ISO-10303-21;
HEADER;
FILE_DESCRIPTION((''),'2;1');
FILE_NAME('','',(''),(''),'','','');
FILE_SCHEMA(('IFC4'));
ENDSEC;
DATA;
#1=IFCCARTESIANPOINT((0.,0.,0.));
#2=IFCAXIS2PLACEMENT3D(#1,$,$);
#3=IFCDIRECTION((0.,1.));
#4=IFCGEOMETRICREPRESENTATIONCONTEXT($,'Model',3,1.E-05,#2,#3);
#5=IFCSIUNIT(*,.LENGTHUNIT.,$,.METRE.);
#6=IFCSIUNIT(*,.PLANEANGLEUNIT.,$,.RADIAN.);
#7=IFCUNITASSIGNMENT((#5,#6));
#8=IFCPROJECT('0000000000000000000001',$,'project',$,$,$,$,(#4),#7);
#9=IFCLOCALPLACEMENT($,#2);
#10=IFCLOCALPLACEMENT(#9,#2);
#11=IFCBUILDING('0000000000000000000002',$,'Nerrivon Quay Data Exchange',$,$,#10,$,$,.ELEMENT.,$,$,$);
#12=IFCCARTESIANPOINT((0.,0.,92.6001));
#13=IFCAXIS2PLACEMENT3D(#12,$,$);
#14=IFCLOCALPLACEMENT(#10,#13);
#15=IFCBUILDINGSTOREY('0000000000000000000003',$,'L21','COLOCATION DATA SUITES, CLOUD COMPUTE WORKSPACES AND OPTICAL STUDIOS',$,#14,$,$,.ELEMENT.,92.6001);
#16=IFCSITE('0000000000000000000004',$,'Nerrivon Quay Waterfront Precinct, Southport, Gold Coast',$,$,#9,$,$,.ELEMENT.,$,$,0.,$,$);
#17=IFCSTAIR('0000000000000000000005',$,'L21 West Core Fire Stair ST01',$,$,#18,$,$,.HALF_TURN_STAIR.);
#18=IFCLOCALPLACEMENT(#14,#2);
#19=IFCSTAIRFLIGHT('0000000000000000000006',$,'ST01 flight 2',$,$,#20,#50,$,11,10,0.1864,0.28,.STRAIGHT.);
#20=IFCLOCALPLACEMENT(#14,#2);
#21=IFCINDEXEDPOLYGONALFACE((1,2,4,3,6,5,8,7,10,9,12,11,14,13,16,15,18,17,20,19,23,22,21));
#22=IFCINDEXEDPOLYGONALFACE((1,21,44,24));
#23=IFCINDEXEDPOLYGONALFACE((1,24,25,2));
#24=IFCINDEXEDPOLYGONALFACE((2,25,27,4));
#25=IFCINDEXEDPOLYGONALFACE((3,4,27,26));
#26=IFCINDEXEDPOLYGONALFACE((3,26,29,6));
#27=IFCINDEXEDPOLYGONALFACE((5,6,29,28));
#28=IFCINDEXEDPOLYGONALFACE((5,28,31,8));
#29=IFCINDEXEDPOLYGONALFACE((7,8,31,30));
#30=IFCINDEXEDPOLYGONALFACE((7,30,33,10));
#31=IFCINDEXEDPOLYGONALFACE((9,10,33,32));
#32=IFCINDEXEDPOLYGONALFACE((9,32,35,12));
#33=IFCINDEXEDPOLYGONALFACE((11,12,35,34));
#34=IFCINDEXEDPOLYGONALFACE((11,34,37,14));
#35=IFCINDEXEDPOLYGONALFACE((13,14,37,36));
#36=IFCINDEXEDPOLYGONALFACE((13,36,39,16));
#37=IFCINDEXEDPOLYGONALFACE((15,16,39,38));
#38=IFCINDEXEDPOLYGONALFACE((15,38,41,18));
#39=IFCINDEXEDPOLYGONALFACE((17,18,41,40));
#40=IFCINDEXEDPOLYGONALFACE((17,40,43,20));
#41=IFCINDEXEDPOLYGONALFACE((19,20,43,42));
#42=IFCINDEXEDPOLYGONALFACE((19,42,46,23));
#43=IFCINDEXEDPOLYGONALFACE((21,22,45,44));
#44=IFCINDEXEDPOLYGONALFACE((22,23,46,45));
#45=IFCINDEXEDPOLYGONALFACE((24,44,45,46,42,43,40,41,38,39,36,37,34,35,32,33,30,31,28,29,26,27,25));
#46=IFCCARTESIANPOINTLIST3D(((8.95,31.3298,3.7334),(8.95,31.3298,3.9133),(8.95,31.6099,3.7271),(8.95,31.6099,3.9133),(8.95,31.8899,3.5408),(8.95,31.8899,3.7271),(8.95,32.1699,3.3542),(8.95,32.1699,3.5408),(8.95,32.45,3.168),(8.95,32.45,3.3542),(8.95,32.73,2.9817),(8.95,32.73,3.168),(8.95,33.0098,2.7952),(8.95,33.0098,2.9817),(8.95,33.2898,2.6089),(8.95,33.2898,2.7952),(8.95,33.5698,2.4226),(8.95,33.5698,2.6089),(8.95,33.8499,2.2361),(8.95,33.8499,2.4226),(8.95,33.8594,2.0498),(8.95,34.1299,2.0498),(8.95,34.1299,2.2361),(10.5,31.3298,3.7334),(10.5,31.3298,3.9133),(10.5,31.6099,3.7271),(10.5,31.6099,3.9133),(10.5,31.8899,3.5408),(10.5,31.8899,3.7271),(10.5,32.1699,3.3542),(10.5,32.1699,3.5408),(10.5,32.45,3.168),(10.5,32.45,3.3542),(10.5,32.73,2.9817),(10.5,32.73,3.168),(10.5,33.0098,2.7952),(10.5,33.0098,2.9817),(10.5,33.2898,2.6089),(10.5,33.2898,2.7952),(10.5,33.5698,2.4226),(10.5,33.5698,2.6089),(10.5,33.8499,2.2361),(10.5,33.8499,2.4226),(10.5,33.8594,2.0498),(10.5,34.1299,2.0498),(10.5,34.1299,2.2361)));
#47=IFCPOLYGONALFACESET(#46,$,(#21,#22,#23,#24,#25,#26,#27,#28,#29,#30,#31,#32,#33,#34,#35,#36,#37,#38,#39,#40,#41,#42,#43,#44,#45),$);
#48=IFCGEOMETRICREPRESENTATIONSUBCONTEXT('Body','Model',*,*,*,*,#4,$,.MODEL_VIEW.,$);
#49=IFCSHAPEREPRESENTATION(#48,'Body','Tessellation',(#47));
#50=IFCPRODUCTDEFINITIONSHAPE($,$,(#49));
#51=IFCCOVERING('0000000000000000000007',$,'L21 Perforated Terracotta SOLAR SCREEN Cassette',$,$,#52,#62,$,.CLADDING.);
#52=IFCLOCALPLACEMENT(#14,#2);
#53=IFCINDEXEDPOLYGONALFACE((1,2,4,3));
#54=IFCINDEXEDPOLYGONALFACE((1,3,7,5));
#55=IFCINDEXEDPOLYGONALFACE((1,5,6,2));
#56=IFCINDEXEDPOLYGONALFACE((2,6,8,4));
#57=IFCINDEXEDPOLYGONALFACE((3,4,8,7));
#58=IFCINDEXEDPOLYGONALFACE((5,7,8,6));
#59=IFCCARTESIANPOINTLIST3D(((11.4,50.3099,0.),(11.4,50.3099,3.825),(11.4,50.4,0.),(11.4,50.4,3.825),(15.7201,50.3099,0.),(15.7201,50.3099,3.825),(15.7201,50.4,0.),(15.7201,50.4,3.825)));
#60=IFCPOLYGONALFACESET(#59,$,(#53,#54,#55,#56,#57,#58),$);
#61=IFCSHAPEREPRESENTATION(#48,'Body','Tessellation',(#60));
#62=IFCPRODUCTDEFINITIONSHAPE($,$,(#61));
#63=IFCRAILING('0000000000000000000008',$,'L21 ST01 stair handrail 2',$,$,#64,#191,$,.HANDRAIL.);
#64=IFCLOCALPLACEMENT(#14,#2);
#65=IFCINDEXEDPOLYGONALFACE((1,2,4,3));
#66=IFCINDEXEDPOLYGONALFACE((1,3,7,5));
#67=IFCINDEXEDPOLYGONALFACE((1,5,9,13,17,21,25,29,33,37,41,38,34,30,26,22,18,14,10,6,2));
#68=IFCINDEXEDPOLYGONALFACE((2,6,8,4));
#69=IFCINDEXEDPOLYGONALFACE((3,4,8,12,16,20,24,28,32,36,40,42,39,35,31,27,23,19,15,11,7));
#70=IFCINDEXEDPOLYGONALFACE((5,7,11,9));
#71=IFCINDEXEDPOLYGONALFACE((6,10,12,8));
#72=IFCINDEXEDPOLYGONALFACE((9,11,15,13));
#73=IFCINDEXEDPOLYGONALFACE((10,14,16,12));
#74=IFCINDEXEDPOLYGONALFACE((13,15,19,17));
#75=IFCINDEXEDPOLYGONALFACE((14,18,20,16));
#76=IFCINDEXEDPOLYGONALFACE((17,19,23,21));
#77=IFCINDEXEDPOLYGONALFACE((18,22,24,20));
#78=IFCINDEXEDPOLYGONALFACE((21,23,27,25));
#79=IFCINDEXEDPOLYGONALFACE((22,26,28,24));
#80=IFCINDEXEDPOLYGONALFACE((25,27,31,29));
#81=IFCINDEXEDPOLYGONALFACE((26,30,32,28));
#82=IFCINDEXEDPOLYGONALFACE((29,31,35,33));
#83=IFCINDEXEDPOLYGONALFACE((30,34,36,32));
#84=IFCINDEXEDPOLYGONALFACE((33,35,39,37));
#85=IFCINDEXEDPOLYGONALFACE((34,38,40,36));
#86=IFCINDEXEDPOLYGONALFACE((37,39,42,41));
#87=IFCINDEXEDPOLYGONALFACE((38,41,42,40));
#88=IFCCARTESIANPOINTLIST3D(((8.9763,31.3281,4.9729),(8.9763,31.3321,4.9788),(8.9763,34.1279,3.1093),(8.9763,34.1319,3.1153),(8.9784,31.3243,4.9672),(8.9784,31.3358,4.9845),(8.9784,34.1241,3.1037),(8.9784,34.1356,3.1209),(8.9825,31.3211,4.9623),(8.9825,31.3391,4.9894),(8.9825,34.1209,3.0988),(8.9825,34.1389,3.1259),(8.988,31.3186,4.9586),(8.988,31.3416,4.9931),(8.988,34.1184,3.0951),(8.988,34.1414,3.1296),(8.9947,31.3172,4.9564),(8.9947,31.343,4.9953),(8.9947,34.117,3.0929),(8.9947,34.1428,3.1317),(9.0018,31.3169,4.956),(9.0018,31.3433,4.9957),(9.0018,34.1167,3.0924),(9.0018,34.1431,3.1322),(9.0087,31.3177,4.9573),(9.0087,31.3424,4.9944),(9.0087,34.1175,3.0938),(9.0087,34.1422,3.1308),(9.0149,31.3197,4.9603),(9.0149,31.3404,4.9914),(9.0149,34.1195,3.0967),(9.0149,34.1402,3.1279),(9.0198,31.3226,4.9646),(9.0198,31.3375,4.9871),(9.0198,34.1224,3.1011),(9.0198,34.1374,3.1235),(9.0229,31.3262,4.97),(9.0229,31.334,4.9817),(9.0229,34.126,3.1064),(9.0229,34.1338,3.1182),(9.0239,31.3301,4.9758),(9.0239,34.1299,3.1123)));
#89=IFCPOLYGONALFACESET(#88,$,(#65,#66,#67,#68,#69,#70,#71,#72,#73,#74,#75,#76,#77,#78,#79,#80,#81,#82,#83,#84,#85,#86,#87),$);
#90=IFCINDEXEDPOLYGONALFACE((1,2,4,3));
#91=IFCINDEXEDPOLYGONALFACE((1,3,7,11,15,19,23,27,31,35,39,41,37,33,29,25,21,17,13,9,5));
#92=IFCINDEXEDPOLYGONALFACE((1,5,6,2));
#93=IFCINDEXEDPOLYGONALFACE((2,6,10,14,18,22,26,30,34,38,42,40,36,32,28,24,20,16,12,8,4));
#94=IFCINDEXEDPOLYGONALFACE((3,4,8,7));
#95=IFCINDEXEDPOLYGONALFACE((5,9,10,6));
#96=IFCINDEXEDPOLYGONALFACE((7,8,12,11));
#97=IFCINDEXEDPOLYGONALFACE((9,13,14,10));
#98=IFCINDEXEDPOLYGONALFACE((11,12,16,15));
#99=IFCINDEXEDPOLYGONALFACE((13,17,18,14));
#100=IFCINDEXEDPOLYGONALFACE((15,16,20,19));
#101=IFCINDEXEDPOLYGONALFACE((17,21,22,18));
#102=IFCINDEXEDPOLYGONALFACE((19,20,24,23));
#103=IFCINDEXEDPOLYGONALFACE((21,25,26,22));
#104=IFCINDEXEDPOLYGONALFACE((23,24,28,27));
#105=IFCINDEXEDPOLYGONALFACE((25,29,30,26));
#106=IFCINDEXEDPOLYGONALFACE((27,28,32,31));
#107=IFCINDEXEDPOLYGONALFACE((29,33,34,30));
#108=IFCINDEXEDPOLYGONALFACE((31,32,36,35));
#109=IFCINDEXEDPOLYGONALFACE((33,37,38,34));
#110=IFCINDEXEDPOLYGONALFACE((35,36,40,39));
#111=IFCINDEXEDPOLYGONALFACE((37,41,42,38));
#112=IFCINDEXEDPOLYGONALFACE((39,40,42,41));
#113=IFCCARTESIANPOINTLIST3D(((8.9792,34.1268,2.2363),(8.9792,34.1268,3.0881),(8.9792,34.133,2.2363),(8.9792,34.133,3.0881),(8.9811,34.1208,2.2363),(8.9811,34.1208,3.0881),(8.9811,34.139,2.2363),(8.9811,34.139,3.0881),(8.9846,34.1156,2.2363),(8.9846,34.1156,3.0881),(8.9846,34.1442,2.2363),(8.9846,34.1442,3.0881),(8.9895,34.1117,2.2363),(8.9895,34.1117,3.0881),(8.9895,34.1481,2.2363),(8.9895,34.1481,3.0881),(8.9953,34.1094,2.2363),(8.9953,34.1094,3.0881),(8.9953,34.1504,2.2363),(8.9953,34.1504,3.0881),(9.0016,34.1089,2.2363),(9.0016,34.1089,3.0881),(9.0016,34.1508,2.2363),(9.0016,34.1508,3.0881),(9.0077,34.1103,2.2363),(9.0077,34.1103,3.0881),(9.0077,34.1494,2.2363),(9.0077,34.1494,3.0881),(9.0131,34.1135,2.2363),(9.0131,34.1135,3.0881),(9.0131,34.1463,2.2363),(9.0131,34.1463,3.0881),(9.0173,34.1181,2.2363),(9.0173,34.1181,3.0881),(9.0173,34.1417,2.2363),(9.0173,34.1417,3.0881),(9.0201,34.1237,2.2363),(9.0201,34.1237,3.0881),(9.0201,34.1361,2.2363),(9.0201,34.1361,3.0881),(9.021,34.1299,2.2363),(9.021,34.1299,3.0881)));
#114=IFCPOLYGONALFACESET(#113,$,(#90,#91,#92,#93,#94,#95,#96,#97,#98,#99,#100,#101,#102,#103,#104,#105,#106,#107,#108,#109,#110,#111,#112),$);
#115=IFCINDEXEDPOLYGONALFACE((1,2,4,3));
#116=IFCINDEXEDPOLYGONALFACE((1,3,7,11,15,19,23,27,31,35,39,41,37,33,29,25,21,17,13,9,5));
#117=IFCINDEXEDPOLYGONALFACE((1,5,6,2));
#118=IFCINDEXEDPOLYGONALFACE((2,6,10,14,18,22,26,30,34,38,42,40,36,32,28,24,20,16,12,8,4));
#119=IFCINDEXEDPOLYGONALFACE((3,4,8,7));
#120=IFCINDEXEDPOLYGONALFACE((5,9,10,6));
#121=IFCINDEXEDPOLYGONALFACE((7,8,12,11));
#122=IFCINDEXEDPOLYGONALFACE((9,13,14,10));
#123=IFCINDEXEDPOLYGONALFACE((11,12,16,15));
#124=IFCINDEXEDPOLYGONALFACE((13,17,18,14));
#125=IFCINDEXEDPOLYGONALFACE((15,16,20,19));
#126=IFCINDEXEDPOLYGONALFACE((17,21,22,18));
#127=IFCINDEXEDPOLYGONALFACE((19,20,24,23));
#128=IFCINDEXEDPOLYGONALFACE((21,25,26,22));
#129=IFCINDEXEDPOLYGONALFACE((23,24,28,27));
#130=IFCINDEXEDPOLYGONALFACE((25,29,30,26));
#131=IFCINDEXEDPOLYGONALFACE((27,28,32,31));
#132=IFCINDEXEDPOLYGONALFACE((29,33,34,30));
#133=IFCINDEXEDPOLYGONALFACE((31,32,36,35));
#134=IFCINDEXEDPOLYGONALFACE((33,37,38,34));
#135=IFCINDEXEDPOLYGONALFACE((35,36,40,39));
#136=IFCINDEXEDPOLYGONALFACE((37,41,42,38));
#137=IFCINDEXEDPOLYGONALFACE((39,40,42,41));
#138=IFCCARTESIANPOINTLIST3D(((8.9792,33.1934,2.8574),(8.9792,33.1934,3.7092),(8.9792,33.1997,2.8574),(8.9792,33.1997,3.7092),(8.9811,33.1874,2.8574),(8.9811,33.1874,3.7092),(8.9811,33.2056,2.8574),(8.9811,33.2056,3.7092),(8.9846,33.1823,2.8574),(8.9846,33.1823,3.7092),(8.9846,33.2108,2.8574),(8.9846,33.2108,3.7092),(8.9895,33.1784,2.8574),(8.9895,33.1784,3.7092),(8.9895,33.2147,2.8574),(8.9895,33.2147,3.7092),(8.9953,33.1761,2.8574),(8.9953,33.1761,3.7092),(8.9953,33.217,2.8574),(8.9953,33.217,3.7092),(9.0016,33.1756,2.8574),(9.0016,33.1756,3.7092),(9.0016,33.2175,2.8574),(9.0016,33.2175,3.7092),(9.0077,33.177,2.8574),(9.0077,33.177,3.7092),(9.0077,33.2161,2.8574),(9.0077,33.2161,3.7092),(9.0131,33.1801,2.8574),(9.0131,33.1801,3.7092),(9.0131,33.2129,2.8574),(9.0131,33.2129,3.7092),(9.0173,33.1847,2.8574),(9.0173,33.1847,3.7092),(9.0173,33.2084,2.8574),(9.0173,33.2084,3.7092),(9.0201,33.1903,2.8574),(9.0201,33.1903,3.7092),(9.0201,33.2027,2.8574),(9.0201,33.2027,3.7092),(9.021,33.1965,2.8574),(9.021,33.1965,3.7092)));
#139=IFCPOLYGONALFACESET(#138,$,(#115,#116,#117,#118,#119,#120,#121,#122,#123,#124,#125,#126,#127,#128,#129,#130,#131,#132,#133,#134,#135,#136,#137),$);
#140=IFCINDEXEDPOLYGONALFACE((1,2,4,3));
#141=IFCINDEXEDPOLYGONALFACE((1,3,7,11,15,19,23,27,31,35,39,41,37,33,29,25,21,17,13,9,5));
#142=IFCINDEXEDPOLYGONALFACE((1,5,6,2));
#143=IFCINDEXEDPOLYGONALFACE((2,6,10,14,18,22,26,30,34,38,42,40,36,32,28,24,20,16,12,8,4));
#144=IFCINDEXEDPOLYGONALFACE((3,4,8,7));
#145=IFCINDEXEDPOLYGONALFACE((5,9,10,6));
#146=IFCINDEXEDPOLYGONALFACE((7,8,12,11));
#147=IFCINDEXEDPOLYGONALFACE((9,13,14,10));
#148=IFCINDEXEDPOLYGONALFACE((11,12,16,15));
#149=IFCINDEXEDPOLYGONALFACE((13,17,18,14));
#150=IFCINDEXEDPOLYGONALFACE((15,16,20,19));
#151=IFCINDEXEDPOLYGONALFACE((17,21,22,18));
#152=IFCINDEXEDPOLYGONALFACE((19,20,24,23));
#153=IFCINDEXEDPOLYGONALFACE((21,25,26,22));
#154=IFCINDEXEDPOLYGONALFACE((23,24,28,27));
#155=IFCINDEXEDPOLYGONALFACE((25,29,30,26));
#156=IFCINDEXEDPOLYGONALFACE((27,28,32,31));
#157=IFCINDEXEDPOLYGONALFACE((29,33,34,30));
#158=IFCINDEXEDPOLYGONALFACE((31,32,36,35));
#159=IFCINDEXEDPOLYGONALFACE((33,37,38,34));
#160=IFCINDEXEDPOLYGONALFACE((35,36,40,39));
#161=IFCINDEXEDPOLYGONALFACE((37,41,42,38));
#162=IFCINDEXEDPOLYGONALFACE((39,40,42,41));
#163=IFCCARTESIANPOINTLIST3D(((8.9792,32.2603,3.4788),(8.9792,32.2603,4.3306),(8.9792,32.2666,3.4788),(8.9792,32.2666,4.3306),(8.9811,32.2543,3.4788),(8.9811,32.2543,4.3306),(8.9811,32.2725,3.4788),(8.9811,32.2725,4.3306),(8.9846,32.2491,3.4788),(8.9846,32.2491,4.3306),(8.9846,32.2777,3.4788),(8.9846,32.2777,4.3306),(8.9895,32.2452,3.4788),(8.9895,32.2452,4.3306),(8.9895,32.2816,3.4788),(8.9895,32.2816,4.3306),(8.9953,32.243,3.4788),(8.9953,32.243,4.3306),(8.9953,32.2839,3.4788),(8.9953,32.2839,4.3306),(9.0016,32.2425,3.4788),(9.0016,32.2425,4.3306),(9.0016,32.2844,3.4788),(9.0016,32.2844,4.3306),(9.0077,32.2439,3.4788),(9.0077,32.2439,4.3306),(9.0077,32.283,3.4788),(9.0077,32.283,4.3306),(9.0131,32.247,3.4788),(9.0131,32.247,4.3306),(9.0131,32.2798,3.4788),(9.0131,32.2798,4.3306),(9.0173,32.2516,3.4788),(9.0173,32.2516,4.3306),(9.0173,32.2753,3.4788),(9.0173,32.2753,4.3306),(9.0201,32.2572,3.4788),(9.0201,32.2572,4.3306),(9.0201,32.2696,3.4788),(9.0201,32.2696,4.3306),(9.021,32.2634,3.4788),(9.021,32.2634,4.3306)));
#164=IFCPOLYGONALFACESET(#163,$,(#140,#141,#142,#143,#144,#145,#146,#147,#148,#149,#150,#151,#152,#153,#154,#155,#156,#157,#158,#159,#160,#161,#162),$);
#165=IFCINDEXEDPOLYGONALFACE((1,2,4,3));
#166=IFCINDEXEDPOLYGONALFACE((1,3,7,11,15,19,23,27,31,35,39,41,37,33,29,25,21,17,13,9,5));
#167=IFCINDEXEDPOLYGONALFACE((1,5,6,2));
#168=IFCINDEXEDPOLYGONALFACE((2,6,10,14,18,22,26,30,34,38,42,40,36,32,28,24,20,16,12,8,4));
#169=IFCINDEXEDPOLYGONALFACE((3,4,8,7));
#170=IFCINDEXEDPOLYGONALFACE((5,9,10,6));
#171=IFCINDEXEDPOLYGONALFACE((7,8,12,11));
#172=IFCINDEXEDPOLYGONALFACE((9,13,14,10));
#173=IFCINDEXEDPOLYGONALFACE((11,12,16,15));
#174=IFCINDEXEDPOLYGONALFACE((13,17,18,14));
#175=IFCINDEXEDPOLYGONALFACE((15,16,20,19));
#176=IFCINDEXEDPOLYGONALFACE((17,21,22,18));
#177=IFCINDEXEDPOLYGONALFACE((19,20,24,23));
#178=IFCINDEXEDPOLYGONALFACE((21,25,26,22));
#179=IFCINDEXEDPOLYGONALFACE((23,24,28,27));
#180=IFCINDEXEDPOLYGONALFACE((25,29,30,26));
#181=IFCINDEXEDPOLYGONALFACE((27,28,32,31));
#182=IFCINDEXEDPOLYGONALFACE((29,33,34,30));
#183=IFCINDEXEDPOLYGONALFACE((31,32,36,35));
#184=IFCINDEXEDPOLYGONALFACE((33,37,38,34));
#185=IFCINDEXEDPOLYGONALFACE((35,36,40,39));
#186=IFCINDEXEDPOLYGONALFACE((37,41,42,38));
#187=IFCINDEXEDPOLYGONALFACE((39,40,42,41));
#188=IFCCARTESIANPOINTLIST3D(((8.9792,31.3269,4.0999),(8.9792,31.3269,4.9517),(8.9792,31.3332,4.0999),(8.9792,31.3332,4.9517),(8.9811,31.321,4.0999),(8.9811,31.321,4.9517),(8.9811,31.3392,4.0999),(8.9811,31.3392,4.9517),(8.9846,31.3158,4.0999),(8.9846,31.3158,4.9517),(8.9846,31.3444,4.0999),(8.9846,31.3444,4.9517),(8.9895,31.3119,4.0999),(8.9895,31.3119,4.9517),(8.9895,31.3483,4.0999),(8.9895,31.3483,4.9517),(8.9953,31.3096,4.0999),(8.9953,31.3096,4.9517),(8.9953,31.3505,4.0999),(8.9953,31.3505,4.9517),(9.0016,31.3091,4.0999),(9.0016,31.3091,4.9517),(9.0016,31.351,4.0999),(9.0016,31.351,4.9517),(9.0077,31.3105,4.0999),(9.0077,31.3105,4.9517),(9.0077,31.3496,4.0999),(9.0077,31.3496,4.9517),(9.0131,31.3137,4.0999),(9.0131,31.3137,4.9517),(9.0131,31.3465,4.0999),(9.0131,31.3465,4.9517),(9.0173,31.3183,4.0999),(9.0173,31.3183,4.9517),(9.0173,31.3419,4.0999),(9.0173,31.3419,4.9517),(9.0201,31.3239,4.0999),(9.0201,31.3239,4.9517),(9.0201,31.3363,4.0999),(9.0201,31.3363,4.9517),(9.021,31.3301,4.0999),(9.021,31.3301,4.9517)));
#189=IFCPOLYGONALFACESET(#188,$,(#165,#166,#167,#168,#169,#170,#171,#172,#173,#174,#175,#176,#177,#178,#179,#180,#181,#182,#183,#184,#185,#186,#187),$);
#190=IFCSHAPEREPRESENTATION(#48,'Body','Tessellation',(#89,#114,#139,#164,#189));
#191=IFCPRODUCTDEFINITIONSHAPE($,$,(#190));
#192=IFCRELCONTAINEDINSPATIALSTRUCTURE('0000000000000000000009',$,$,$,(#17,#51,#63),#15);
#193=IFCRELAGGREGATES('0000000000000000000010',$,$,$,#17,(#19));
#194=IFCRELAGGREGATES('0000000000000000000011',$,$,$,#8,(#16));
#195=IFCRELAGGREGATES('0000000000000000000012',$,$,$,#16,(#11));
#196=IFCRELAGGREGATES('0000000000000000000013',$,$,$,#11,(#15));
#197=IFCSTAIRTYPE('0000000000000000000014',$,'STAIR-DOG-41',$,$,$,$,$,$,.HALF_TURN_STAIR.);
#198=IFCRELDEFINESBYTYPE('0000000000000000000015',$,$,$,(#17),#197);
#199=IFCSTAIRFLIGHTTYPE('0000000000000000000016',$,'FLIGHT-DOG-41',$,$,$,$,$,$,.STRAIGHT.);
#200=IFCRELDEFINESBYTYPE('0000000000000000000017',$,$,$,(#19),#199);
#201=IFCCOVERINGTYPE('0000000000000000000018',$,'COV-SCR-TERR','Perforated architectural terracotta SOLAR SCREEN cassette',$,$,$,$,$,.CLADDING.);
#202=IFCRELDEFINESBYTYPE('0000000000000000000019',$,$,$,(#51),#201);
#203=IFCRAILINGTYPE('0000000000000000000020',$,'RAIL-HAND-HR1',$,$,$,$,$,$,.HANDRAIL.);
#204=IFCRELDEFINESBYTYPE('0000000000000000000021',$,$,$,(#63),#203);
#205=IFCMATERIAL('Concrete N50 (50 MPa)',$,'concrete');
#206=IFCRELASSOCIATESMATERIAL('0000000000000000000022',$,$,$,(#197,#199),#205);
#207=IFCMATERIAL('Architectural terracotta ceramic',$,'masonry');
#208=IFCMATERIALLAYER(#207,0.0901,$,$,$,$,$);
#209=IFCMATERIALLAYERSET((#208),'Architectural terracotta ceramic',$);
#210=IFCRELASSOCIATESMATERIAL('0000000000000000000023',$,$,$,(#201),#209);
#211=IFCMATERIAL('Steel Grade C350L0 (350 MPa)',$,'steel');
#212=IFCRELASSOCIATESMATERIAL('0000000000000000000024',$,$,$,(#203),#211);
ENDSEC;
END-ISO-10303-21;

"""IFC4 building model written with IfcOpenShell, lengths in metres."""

from ifc_helpers import new_model, si_unit, direction, frame, origin, origin_2d, place, context, subcontext, project, spatial, polyline, rectangle, circle, outline, extrude, material, layer, layer_set, type_object, element, aggregate, save


model = new_model("IFC4")

# Units and contexts
model_context = context("Model", 3, precision=1e-05, world=origin(), true_north=direction((0.0, 1.0)))
body_context = subcontext(model_context, "Body", "Model", "MODEL_VIEW")
ifc_project = project(units=[si_unit("LENGTHUNIT", "METRE"), si_unit("PLANEANGLEUNIT", "RADIAN")], contexts=[model_context])

# Site, building, storey
site_placement = place(None, origin())
site = spatial("IfcSite", under=ifc_project, at=site_placement, Name="Nerrivon Quay Waterfront Precinct, Southport, Gold Coast", CompositionType="ELEMENT", RefElevation=0.0)
building_placement = place(site_placement, origin())
building = spatial("IfcBuilding", under=site, at=building_placement, Name="Nerrivon Quay Data Exchange", CompositionType="ELEMENT")
storey_placement = place(building_placement, frame((0.0, 0.0, 92.6001)))
storey = spatial("IfcBuildingStorey", under=building, at=storey_placement, Name="L21", Description="COLOCATION DATA SUITES, CLOUD COMPUTE WORKSPACES AND OPTICAL STUDIOS", CompositionType="ELEMENT", Elevation=92.6001)

# Shared definitions
ifc_material_1 = material(Name="Concrete N50 (50 MPa)", Category="concrete")

# Stair, stair flight
stair_type = type_object("IfcStairType", Name="STAIR-DOG-41", PredefinedType="HALF_TURN_STAIR", material=ifc_material_1)
stair_placement = place(storey_placement, origin())
stair = element("IfcStair", 1, at=stair_placement, inside=storey, type_object=stair_type, Name="L21 West Core Fire Stair ST01", PredefinedType="HALF_TURN_STAIR")
stair_flight_type = type_object("IfcStairFlightType", Name="FLIGHT-DOG-41", PredefinedType="STRAIGHT", material=ifc_material_1)
stair_flight_placement = place(storey_placement, frame((9.7251, 34.1299, 2.0498), z_axis=(0.0, 0.0, 1.0), x_axis=(0.0, -1.0, 0.0)))
stair_flight = element("IfcStairFlight", 2, at=stair_flight_placement, type_object=stair_flight_type, Name="ST01 flight 2", NumberOfRisers=11, NumberOfTreads=10, PredefinedType="STRAIGHT", RiserHeight=0.1864, TreadLength=0.28, context=body_context, shape_type="SweptSolid", body=[
    extrude(outline(polyline([(0.0, 0.0), (0.0, 0.1863), (0.28, 0.1863), (0.28, 0.3728), (0.5601, 0.3728), (0.5601, 0.5591), (0.8401, 0.5591), (0.8401, 0.7454), (1.1201, 0.7454), (1.1201, 0.9319), (1.3999, 0.9319), (1.3999, 1.1182), (1.6799, 1.1182), (1.6799, 1.3044), (1.96, 1.3044), (1.96, 1.491), (2.24, 1.491), (2.24, 1.6772), (2.52, 1.6772), (2.52, 1.8635), (2.8, 1.8635), (2.8, 2.05), (2.8, 1.6836), (0.2705, 0.0), (0.0, 0.0)])), frame((0.0, 0.7749, 0.0), z_axis=(0.0, -1.0, 0.0), x_axis=(1.0, 0.0, 0.0)), (0.0, 0.0, 1.0), 1.55),
])
aggregate(stair, [stair_flight])

# Covering
ifc_material_2 = material(Name="Architectural terracotta ceramic", Category="masonry")
ifc_layer_1 = layer(ifc_material_2, 0.0901)
ifc_layer_set_1 = layer_set([ifc_layer_1], Name="Architectural terracotta ceramic")
covering_type = type_object("IfcCoveringType", Name="COV-SCR-TERR", Description="Perforated architectural terracotta SOLAR SCREEN cassette", PredefinedType="CLADDING", material=ifc_layer_set_1)
covering_placement = place(storey_placement, frame((13.5601, 50.355, 0.0), z_axis=(0.0, 0.0, 1.0), x_axis=(1.0, 0.0, 0.0)))
element("IfcCovering", 3, at=covering_placement, inside=storey, type_object=covering_type, Name="L21 Perforated Terracotta SOLAR SCREEN Cassette", PredefinedType="CLADDING", context=body_context, shape_type="SweptSolid", body=[
    extrude(rectangle(XDim=4.3201, YDim=0.0901, at=origin_2d()), origin(), (0.0, 0.0, 1.0), 3.825),
])

# Railing
ifc_material_3 = material(Name="Steel Grade C350L0 (350 MPa)", Category="steel")
railing_type_1 = type_object("IfcRailingType", Name="RAIL-HAND-HR1", PredefinedType="HANDRAIL", material=ifc_material_3)
railing_1_placement = place(storey_placement, frame((9.0, 34.1299, 2.2363)))
element("IfcRailing", 4, at=railing_1_placement, inside=storey, type_object=railing_type_1, Name="L21 ST01 stair handrail 2", PredefinedType="HANDRAIL", context=body_context, shape_type="SweptSolid", body=[
    extrude(circle(Radius=0.0239, at=origin_2d()), frame((0.0, 0.0, 0.876), z_axis=(0.0, -0.832463, 0.55408), x_axis=(1.0, 0.0, 0.0)), (0.0, 0.0, 1.0), 3.3633),
    extrude(circle(Radius=0.021, at=origin_2d()), origin(), (0.0, 0.0, 1.0), 0.8518),
    extrude(circle(Radius=0.021, at=origin_2d()), frame((0.0, -0.9333, 0.6211)), (0.0, 0.0, 1.0), 0.8518),
    extrude(circle(Radius=0.021, at=origin_2d()), frame((0.0, -1.8665, 1.2424)), (0.0, 0.0, 1.0), 0.8518),
    extrude(circle(Radius=0.021, at=origin_2d()), frame((0.0, -2.7998, 1.8635)), (0.0, 0.0, 1.0), 0.8518),
])

save(model, "model.ifc")
